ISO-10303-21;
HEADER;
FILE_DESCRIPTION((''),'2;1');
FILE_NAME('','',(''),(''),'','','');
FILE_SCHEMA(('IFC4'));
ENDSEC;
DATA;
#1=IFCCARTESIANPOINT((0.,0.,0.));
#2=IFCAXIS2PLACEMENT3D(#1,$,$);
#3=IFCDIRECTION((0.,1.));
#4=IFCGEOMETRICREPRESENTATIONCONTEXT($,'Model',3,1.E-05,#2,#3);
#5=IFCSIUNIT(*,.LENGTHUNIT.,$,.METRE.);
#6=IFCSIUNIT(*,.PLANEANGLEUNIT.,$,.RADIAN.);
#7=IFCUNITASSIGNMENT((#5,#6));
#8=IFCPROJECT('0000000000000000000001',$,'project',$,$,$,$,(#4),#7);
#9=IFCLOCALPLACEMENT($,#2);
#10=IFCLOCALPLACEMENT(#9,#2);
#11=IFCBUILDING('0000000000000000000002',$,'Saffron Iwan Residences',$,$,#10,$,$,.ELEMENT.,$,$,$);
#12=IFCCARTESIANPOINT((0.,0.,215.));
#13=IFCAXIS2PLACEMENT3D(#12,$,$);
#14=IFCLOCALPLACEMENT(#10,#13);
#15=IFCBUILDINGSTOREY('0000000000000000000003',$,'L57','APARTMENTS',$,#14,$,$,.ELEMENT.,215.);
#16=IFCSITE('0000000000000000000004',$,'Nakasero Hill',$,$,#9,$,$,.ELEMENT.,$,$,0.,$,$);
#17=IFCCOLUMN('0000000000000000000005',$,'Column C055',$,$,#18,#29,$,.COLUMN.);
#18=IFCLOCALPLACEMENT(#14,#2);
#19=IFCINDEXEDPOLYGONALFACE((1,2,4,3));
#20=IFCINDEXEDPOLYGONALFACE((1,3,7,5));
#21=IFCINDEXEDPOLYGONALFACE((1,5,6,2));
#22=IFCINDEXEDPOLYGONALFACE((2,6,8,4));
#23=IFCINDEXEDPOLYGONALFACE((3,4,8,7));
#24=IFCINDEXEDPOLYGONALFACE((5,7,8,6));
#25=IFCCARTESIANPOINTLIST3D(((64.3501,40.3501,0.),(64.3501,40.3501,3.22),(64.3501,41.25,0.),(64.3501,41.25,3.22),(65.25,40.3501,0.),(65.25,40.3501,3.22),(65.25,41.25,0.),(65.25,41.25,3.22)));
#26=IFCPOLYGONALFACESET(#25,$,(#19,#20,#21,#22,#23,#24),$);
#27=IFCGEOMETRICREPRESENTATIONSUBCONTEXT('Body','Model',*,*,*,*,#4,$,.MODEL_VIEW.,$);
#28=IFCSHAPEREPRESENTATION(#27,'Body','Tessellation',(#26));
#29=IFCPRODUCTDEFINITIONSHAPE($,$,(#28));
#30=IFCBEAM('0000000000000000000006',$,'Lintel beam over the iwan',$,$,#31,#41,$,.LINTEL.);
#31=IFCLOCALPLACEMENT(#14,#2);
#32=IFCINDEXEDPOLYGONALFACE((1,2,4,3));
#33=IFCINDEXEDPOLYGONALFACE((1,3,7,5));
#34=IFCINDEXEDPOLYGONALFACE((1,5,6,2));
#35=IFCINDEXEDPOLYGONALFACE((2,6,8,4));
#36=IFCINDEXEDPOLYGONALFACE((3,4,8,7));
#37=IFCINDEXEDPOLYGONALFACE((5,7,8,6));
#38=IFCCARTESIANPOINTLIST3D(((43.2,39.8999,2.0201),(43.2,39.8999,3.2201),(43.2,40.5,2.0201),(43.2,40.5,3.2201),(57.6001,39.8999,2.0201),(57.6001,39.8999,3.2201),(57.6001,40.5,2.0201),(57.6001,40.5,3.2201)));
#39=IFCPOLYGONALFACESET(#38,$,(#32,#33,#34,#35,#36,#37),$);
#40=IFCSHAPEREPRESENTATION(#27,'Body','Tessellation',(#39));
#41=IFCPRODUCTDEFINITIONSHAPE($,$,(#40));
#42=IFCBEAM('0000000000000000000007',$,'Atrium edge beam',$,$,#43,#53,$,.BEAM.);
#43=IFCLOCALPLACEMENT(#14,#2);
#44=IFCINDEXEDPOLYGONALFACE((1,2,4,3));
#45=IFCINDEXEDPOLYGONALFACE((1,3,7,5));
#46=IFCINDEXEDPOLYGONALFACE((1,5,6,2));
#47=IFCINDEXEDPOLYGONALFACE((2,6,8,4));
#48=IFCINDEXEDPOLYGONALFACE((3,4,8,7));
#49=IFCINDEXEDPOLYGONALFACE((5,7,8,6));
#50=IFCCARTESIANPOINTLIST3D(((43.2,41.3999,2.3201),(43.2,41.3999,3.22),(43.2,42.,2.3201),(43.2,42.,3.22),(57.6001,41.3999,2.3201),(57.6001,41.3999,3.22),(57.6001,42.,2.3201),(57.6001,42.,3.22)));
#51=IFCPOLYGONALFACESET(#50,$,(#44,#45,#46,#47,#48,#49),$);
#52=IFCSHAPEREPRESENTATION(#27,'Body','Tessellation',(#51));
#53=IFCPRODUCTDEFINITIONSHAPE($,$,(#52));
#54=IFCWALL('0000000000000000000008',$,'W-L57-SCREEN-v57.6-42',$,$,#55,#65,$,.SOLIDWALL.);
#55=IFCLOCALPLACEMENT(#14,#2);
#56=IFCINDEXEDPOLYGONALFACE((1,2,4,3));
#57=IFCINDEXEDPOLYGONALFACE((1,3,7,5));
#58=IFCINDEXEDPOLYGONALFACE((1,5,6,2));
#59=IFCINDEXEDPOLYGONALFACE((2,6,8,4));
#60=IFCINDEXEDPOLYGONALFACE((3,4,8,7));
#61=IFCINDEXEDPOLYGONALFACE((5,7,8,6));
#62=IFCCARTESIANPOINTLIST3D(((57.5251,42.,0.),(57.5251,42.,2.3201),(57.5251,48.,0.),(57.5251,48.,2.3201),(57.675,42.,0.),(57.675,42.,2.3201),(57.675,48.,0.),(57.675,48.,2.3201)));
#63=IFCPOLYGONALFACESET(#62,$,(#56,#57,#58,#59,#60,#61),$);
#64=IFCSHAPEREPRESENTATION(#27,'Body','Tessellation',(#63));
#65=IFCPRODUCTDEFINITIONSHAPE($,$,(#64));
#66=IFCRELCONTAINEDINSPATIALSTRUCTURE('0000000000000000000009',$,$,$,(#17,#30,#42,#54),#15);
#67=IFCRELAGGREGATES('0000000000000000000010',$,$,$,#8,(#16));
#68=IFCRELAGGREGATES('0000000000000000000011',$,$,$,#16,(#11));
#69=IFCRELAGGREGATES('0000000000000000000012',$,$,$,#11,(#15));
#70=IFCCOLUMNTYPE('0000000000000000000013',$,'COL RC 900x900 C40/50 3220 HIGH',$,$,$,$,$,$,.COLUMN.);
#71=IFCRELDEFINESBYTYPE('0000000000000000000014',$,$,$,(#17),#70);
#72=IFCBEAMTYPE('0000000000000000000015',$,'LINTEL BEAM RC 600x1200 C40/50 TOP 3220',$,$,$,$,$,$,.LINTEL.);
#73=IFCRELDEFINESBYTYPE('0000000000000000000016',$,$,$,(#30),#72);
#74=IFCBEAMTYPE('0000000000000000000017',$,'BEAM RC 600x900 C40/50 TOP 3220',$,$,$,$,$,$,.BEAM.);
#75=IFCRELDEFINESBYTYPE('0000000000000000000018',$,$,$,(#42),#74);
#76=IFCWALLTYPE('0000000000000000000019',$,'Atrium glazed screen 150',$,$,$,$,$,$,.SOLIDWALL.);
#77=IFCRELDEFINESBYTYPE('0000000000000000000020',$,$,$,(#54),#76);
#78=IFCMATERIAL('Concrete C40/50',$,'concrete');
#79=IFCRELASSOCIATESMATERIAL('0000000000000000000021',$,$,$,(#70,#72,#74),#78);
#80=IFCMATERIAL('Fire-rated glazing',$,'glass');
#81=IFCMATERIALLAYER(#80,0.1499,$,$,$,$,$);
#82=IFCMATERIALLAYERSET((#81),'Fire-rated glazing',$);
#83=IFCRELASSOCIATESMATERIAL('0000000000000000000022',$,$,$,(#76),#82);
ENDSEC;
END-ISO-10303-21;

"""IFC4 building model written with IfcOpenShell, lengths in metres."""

from ifc_helpers import new_model, si_unit, direction, frame, frame_2d, origin, origin_2d, place, context, subcontext, project, spatial, rectangle, extrude, source, transform, mapped, material, layer, layer_set, material_profile, profile_set, type_object, element, save


model = new_model("IFC4")

# Units and contexts
model_context = context("Model", 3, precision=1e-05, world=origin(), true_north=direction((0.0, 1.0)))
body_context = subcontext(model_context, "Body", "Model", "MODEL_VIEW")
ifc_project = project(units=[si_unit("LENGTHUNIT", "METRE"), si_unit("PLANEANGLEUNIT", "RADIAN")], contexts=[model_context])

# Site, building, storey
site_placement = place(None, origin())
site = spatial("IfcSite", under=ifc_project, at=site_placement, Name="Nakasero Hill", CompositionType="ELEMENT", RefElevation=0.0)
building_placement = place(site_placement, origin())
building = spatial("IfcBuilding", under=site, at=building_placement, Name="Saffron Iwan Residences", CompositionType="ELEMENT")
storey_placement = place(building_placement, frame((0.0, 0.0, 215.0)))
storey = spatial("IfcBuildingStorey", under=building, at=storey_placement, Name="L57", Description="APARTMENTS", CompositionType="ELEMENT", Elevation=215.0)

# Column
ifc_material_1 = material(Name="Concrete C40/50", Category="concrete")
ifc_material_profile_1 = material_profile(ifc_material_1, rectangle(XDim=0.8999, YDim=0.8999, at=origin_2d()), Name="RC 900x900")
ifc_profile_set_1 = profile_set([ifc_material_profile_1], Name="Concrete C40/50")
column_type = type_object("IfcColumnType", Name="COL RC 900x900 C40/50 3220 HIGH", PredefinedType="COLUMN", material=ifc_profile_set_1)
shared_shape_1 = source(origin(), body_context, "Body", "SweptSolid", [
    extrude(rectangle(XDim=0.8999, YDim=0.8999, at=origin_2d()), origin(), (0.0, 0.0, 1.0), 3.22),
])
column_placement = place(storey_placement, frame((64.8, 40.8, 0.0), z_axis=(0.0, 0.0, 1.0), x_axis=(1.0, 0.0, 0.0)))
element("IfcColumn", 1, at=column_placement, inside=storey, type_object=column_type, Name="Column C055", PredefinedType="COLUMN", context=body_context, shape_type="MappedRepresentation", body=[
    mapped(shared_shape_1, transform((0.0, 0.0, 0.0))),
])

# Beams
ifc_material_profile_2 = material_profile(ifc_material_1, rectangle(XDim=0.6001, YDim=1.2, at=origin_2d()), Name="RC 600x1200")
ifc_profile_set_2 = profile_set([ifc_material_profile_2], Name="Concrete C40/50")
beam_type_1 = type_object("IfcBeamType", Name="LINTEL BEAM RC 600x1200 C40/50 TOP 3220", PredefinedType="LINTEL", material=ifc_profile_set_2)
shared_shape_2 = source(origin(), body_context, "Body", "SweptSolid", [
    extrude(rectangle(XDim=0.6001, YDim=1.2, at=origin_2d()), origin(), (0.0, 0.0, 1.0), 14.4001),
])
beam_1_placement = place(storey_placement, frame((57.6001, 40.2, 2.6201), z_axis=(-1.0, 0.0, 0.0), x_axis=(0.0, -1.0, 0.0)))
element("IfcBeam", 2, at=beam_1_placement, inside=storey, type_object=beam_type_1, Name="Lintel beam over the iwan", PredefinedType="LINTEL", context=body_context, shape_type="MappedRepresentation", body=[
    mapped(shared_shape_2, transform((0.0, 0.0, 0.0))),
])
ifc_material_profile_3 = material_profile(ifc_material_1, rectangle(XDim=0.6001, YDim=0.8999, at=origin_2d()), Name="RC 600x900")
ifc_profile_set_3 = profile_set([ifc_material_profile_3], Name="Concrete C40/50")
beam_type_2 = type_object("IfcBeamType", Name="BEAM RC 600x900 C40/50 TOP 3220", PredefinedType="BEAM", material=ifc_profile_set_3)
shared_shape_3 = source(origin(), body_context, "Body", "SweptSolid", [
    extrude(rectangle(XDim=0.6001, YDim=0.8999, at=origin_2d()), origin(), (0.0, 0.0, 1.0), 14.4001),
])
beam_2_placement = place(storey_placement, frame((57.6001, 41.7, 2.77), z_axis=(-1.0, 0.0, 0.0), x_axis=(0.0, -1.0, 0.0)))
element("IfcBeam", 3, at=beam_2_placement, inside=storey, type_object=beam_type_2, Name="Atrium edge beam", PredefinedType="BEAM", context=body_context, shape_type="MappedRepresentation", body=[
    mapped(shared_shape_3, transform((0.0, 0.0, 0.0))),
])

# Wall
ifc_material_2 = material(Name="Fire-rated glazing", Category="glass")
ifc_layer_1 = layer(ifc_material_2, 0.1499)
ifc_layer_set_1 = layer_set([ifc_layer_1], Name="Fire-rated glazing")
wall_type_1 = type_object("IfcWallType", Name="Atrium glazed screen 150", PredefinedType="SOLIDWALL", material=ifc_layer_set_1)
wall_1_placement = place(storey_placement, frame((57.6001, 42.0, 0.0), z_axis=(0.0, 0.0, 1.0), x_axis=(0.0, 1.0, 0.0)))
element("IfcWall", 4, at=wall_1_placement, inside=storey, type_object=wall_type_1, Name="W-L57-SCREEN-v57.6-42", PredefinedType="SOLIDWALL", context=body_context, shape_type="SweptSolid", body=[
    extrude(rectangle(XDim=6.0, YDim=0.1499, at=frame_2d((3.0, 0.0))), origin(), (0.0, 0.0, 1.0), 2.3201),
])

save(model, "model.ifc")
